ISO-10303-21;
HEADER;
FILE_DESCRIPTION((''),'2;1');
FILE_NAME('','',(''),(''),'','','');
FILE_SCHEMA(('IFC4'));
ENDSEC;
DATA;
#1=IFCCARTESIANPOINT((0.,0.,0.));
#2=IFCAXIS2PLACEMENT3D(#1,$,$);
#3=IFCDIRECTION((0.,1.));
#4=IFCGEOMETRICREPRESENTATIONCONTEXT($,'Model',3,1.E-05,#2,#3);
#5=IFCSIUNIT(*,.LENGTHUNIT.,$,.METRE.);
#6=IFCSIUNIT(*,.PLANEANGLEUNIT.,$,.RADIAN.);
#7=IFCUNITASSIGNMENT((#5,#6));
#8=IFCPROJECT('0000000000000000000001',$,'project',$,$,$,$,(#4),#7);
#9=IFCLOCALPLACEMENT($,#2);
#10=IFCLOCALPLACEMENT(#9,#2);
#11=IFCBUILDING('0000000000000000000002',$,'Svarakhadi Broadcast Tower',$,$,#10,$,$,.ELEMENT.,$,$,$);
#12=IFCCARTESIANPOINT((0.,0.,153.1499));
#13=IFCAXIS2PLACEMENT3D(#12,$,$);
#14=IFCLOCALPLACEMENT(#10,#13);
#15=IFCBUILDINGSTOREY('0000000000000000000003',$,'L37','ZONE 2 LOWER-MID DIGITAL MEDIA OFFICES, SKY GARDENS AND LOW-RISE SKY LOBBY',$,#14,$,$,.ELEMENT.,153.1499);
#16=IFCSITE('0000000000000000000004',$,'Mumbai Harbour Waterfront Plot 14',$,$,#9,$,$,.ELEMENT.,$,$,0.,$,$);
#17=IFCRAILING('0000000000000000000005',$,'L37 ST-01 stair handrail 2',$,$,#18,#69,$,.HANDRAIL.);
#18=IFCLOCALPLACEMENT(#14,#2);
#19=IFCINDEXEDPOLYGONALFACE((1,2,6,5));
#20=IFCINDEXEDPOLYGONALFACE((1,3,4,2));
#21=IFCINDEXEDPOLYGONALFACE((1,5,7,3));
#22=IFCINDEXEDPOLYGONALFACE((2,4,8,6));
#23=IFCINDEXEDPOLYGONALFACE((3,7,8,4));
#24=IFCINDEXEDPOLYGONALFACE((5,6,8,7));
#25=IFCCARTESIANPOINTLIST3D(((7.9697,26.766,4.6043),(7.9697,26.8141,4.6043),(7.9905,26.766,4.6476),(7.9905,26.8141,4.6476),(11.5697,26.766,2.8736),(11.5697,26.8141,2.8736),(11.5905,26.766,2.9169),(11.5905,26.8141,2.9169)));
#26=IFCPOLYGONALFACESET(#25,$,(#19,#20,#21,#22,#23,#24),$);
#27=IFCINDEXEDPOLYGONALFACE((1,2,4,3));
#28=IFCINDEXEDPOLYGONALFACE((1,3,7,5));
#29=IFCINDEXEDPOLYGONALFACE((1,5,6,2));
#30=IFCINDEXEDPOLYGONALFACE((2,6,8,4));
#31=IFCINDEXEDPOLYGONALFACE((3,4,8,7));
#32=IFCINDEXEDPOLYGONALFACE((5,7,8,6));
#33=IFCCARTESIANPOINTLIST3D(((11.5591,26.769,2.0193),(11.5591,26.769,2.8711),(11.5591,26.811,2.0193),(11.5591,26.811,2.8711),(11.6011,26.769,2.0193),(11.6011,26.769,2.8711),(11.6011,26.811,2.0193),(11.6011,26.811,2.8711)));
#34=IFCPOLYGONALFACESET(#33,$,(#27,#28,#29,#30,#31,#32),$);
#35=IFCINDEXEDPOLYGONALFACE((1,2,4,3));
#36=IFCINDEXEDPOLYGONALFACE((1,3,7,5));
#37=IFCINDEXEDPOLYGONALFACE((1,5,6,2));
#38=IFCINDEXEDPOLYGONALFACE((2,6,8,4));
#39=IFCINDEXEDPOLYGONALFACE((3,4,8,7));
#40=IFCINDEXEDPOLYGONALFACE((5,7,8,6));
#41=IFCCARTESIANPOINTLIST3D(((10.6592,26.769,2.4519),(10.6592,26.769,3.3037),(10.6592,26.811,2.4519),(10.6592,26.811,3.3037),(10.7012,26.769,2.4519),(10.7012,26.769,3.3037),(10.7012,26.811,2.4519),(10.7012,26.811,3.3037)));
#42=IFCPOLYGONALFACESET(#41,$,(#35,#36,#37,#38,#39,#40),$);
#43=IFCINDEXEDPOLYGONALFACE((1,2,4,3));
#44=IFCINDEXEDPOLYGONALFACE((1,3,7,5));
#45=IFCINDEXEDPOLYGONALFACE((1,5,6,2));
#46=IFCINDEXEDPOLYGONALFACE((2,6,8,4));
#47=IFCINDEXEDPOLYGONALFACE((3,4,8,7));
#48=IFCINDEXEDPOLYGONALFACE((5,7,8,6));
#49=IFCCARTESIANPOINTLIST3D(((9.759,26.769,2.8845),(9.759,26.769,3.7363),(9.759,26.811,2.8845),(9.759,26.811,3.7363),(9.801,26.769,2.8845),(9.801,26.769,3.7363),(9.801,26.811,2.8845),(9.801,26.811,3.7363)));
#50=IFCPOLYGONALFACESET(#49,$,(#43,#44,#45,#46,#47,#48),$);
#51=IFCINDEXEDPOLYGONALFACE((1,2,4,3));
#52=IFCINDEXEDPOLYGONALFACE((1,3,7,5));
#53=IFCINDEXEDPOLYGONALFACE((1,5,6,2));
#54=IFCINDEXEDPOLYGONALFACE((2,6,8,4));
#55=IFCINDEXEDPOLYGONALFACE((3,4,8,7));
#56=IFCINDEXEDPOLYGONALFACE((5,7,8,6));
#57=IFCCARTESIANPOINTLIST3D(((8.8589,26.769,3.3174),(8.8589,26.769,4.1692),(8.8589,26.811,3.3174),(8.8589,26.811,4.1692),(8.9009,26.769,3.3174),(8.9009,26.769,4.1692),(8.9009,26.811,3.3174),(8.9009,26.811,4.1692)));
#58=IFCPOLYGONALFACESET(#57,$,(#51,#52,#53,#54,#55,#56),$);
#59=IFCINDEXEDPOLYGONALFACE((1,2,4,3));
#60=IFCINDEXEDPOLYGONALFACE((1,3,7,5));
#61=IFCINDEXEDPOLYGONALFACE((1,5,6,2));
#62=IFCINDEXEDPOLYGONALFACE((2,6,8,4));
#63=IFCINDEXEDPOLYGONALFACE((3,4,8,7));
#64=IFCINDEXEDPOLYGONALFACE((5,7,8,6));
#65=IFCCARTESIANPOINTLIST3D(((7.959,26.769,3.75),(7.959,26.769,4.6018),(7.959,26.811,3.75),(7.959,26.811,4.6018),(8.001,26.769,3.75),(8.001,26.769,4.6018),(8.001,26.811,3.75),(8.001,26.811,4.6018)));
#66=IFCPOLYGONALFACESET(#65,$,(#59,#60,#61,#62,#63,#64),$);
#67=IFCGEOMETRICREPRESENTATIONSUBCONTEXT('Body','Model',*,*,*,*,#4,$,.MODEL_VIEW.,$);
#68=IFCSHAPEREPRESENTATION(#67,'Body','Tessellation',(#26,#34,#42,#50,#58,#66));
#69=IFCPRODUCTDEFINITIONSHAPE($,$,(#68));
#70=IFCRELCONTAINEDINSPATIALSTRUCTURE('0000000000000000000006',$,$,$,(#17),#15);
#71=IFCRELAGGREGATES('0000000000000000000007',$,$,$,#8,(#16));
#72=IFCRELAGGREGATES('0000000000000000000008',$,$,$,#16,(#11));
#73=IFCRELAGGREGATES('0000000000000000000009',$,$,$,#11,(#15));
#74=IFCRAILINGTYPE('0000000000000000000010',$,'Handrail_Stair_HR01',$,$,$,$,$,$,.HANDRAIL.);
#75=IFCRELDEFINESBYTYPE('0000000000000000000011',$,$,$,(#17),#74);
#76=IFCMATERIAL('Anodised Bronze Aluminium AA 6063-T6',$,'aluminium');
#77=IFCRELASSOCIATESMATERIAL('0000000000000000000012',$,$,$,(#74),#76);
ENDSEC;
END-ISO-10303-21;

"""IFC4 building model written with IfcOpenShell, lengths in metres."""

from ifc_helpers import new_model, si_unit, direction, frame, origin, origin_2d, place, context, subcontext, project, spatial, rectangle, extrude, material, type_object, element, save


model = new_model("IFC4")

# Units and contexts
model_context = context("Model", 3, precision=1e-05, world=origin(), true_north=direction((0.0, 1.0)))
body_context = subcontext(model_context, "Body", "Model", "MODEL_VIEW")
ifc_project = project(units=[si_unit("LENGTHUNIT", "METRE"), si_unit("PLANEANGLEUNIT", "RADIAN")], contexts=[model_context])

# Site, building, storey
site_placement = place(None, origin())
site = spatial("IfcSite", under=ifc_project, at=site_placement, Name="Mumbai Harbour Waterfront Plot 14", CompositionType="ELEMENT", RefElevation=0.0)
building_placement = place(site_placement, origin())
building = spatial("IfcBuilding", under=site, at=building_placement, Name="Svarakhadi Broadcast Tower", CompositionType="ELEMENT")
storey_placement = place(building_placement, frame((0.0, 0.0, 153.1499)))
storey = spatial("IfcBuildingStorey", under=building, at=storey_placement, Name="L37", Description="ZONE 2 LOWER-MID DIGITAL MEDIA OFFICES, SKY GARDENS AND LOW-RISE SKY LOBBY", CompositionType="ELEMENT", Elevation=153.1499)

# Railing
ifc_material_1 = material(Name="Anodised Bronze Aluminium AA 6063-T6", Category="aluminium")
railing_type_1 = type_object("IfcRailingType", Name="Handrail_Stair_HR01", PredefinedType="HANDRAIL", material=ifc_material_1)
railing_1_placement = place(storey_placement, frame((11.5801, 26.79, 2.0193)))
element("IfcRailing", 1, at=railing_1_placement, inside=storey, type_object=railing_type_1, Name="L37 ST-01 stair handrail 2", PredefinedType="HANDRAIL", context=body_context, shape_type="SweptSolid", body=[
    extrude(rectangle(XDim=0.0481, YDim=0.0481, at=origin_2d()), frame((0.0, 0.0, 0.876), z_axis=(-0.901263, 0.0, 0.433273), x_axis=(0.0, -1.0, 0.0)), (0.0, 0.0, 1.0), 3.9944),
    extrude(rectangle(XDim=0.042, YDim=0.042, at=origin_2d()), origin(), (0.0, 0.0, 1.0), 0.8518),
    extrude(rectangle(XDim=0.042, YDim=0.042, at=origin_2d()), frame((-0.8999, 0.0, 0.4326)), (0.0, 0.0, 1.0), 0.8518),
    extrude(rectangle(XDim=0.042, YDim=0.042, at=origin_2d()), frame((-1.8, 0.0, 0.8652)), (0.0, 0.0, 1.0), 0.8518),
    extrude(rectangle(XDim=0.042, YDim=0.042, at=origin_2d()), frame((-2.7002, 0.0, 1.2981)), (0.0, 0.0, 1.0), 0.8518),
    extrude(rectangle(XDim=0.042, YDim=0.042, at=origin_2d()), frame((-3.6001, 0.0, 1.7307)), (0.0, 0.0, 1.0), 0.8518),
])

save(model, "model.ifc")
